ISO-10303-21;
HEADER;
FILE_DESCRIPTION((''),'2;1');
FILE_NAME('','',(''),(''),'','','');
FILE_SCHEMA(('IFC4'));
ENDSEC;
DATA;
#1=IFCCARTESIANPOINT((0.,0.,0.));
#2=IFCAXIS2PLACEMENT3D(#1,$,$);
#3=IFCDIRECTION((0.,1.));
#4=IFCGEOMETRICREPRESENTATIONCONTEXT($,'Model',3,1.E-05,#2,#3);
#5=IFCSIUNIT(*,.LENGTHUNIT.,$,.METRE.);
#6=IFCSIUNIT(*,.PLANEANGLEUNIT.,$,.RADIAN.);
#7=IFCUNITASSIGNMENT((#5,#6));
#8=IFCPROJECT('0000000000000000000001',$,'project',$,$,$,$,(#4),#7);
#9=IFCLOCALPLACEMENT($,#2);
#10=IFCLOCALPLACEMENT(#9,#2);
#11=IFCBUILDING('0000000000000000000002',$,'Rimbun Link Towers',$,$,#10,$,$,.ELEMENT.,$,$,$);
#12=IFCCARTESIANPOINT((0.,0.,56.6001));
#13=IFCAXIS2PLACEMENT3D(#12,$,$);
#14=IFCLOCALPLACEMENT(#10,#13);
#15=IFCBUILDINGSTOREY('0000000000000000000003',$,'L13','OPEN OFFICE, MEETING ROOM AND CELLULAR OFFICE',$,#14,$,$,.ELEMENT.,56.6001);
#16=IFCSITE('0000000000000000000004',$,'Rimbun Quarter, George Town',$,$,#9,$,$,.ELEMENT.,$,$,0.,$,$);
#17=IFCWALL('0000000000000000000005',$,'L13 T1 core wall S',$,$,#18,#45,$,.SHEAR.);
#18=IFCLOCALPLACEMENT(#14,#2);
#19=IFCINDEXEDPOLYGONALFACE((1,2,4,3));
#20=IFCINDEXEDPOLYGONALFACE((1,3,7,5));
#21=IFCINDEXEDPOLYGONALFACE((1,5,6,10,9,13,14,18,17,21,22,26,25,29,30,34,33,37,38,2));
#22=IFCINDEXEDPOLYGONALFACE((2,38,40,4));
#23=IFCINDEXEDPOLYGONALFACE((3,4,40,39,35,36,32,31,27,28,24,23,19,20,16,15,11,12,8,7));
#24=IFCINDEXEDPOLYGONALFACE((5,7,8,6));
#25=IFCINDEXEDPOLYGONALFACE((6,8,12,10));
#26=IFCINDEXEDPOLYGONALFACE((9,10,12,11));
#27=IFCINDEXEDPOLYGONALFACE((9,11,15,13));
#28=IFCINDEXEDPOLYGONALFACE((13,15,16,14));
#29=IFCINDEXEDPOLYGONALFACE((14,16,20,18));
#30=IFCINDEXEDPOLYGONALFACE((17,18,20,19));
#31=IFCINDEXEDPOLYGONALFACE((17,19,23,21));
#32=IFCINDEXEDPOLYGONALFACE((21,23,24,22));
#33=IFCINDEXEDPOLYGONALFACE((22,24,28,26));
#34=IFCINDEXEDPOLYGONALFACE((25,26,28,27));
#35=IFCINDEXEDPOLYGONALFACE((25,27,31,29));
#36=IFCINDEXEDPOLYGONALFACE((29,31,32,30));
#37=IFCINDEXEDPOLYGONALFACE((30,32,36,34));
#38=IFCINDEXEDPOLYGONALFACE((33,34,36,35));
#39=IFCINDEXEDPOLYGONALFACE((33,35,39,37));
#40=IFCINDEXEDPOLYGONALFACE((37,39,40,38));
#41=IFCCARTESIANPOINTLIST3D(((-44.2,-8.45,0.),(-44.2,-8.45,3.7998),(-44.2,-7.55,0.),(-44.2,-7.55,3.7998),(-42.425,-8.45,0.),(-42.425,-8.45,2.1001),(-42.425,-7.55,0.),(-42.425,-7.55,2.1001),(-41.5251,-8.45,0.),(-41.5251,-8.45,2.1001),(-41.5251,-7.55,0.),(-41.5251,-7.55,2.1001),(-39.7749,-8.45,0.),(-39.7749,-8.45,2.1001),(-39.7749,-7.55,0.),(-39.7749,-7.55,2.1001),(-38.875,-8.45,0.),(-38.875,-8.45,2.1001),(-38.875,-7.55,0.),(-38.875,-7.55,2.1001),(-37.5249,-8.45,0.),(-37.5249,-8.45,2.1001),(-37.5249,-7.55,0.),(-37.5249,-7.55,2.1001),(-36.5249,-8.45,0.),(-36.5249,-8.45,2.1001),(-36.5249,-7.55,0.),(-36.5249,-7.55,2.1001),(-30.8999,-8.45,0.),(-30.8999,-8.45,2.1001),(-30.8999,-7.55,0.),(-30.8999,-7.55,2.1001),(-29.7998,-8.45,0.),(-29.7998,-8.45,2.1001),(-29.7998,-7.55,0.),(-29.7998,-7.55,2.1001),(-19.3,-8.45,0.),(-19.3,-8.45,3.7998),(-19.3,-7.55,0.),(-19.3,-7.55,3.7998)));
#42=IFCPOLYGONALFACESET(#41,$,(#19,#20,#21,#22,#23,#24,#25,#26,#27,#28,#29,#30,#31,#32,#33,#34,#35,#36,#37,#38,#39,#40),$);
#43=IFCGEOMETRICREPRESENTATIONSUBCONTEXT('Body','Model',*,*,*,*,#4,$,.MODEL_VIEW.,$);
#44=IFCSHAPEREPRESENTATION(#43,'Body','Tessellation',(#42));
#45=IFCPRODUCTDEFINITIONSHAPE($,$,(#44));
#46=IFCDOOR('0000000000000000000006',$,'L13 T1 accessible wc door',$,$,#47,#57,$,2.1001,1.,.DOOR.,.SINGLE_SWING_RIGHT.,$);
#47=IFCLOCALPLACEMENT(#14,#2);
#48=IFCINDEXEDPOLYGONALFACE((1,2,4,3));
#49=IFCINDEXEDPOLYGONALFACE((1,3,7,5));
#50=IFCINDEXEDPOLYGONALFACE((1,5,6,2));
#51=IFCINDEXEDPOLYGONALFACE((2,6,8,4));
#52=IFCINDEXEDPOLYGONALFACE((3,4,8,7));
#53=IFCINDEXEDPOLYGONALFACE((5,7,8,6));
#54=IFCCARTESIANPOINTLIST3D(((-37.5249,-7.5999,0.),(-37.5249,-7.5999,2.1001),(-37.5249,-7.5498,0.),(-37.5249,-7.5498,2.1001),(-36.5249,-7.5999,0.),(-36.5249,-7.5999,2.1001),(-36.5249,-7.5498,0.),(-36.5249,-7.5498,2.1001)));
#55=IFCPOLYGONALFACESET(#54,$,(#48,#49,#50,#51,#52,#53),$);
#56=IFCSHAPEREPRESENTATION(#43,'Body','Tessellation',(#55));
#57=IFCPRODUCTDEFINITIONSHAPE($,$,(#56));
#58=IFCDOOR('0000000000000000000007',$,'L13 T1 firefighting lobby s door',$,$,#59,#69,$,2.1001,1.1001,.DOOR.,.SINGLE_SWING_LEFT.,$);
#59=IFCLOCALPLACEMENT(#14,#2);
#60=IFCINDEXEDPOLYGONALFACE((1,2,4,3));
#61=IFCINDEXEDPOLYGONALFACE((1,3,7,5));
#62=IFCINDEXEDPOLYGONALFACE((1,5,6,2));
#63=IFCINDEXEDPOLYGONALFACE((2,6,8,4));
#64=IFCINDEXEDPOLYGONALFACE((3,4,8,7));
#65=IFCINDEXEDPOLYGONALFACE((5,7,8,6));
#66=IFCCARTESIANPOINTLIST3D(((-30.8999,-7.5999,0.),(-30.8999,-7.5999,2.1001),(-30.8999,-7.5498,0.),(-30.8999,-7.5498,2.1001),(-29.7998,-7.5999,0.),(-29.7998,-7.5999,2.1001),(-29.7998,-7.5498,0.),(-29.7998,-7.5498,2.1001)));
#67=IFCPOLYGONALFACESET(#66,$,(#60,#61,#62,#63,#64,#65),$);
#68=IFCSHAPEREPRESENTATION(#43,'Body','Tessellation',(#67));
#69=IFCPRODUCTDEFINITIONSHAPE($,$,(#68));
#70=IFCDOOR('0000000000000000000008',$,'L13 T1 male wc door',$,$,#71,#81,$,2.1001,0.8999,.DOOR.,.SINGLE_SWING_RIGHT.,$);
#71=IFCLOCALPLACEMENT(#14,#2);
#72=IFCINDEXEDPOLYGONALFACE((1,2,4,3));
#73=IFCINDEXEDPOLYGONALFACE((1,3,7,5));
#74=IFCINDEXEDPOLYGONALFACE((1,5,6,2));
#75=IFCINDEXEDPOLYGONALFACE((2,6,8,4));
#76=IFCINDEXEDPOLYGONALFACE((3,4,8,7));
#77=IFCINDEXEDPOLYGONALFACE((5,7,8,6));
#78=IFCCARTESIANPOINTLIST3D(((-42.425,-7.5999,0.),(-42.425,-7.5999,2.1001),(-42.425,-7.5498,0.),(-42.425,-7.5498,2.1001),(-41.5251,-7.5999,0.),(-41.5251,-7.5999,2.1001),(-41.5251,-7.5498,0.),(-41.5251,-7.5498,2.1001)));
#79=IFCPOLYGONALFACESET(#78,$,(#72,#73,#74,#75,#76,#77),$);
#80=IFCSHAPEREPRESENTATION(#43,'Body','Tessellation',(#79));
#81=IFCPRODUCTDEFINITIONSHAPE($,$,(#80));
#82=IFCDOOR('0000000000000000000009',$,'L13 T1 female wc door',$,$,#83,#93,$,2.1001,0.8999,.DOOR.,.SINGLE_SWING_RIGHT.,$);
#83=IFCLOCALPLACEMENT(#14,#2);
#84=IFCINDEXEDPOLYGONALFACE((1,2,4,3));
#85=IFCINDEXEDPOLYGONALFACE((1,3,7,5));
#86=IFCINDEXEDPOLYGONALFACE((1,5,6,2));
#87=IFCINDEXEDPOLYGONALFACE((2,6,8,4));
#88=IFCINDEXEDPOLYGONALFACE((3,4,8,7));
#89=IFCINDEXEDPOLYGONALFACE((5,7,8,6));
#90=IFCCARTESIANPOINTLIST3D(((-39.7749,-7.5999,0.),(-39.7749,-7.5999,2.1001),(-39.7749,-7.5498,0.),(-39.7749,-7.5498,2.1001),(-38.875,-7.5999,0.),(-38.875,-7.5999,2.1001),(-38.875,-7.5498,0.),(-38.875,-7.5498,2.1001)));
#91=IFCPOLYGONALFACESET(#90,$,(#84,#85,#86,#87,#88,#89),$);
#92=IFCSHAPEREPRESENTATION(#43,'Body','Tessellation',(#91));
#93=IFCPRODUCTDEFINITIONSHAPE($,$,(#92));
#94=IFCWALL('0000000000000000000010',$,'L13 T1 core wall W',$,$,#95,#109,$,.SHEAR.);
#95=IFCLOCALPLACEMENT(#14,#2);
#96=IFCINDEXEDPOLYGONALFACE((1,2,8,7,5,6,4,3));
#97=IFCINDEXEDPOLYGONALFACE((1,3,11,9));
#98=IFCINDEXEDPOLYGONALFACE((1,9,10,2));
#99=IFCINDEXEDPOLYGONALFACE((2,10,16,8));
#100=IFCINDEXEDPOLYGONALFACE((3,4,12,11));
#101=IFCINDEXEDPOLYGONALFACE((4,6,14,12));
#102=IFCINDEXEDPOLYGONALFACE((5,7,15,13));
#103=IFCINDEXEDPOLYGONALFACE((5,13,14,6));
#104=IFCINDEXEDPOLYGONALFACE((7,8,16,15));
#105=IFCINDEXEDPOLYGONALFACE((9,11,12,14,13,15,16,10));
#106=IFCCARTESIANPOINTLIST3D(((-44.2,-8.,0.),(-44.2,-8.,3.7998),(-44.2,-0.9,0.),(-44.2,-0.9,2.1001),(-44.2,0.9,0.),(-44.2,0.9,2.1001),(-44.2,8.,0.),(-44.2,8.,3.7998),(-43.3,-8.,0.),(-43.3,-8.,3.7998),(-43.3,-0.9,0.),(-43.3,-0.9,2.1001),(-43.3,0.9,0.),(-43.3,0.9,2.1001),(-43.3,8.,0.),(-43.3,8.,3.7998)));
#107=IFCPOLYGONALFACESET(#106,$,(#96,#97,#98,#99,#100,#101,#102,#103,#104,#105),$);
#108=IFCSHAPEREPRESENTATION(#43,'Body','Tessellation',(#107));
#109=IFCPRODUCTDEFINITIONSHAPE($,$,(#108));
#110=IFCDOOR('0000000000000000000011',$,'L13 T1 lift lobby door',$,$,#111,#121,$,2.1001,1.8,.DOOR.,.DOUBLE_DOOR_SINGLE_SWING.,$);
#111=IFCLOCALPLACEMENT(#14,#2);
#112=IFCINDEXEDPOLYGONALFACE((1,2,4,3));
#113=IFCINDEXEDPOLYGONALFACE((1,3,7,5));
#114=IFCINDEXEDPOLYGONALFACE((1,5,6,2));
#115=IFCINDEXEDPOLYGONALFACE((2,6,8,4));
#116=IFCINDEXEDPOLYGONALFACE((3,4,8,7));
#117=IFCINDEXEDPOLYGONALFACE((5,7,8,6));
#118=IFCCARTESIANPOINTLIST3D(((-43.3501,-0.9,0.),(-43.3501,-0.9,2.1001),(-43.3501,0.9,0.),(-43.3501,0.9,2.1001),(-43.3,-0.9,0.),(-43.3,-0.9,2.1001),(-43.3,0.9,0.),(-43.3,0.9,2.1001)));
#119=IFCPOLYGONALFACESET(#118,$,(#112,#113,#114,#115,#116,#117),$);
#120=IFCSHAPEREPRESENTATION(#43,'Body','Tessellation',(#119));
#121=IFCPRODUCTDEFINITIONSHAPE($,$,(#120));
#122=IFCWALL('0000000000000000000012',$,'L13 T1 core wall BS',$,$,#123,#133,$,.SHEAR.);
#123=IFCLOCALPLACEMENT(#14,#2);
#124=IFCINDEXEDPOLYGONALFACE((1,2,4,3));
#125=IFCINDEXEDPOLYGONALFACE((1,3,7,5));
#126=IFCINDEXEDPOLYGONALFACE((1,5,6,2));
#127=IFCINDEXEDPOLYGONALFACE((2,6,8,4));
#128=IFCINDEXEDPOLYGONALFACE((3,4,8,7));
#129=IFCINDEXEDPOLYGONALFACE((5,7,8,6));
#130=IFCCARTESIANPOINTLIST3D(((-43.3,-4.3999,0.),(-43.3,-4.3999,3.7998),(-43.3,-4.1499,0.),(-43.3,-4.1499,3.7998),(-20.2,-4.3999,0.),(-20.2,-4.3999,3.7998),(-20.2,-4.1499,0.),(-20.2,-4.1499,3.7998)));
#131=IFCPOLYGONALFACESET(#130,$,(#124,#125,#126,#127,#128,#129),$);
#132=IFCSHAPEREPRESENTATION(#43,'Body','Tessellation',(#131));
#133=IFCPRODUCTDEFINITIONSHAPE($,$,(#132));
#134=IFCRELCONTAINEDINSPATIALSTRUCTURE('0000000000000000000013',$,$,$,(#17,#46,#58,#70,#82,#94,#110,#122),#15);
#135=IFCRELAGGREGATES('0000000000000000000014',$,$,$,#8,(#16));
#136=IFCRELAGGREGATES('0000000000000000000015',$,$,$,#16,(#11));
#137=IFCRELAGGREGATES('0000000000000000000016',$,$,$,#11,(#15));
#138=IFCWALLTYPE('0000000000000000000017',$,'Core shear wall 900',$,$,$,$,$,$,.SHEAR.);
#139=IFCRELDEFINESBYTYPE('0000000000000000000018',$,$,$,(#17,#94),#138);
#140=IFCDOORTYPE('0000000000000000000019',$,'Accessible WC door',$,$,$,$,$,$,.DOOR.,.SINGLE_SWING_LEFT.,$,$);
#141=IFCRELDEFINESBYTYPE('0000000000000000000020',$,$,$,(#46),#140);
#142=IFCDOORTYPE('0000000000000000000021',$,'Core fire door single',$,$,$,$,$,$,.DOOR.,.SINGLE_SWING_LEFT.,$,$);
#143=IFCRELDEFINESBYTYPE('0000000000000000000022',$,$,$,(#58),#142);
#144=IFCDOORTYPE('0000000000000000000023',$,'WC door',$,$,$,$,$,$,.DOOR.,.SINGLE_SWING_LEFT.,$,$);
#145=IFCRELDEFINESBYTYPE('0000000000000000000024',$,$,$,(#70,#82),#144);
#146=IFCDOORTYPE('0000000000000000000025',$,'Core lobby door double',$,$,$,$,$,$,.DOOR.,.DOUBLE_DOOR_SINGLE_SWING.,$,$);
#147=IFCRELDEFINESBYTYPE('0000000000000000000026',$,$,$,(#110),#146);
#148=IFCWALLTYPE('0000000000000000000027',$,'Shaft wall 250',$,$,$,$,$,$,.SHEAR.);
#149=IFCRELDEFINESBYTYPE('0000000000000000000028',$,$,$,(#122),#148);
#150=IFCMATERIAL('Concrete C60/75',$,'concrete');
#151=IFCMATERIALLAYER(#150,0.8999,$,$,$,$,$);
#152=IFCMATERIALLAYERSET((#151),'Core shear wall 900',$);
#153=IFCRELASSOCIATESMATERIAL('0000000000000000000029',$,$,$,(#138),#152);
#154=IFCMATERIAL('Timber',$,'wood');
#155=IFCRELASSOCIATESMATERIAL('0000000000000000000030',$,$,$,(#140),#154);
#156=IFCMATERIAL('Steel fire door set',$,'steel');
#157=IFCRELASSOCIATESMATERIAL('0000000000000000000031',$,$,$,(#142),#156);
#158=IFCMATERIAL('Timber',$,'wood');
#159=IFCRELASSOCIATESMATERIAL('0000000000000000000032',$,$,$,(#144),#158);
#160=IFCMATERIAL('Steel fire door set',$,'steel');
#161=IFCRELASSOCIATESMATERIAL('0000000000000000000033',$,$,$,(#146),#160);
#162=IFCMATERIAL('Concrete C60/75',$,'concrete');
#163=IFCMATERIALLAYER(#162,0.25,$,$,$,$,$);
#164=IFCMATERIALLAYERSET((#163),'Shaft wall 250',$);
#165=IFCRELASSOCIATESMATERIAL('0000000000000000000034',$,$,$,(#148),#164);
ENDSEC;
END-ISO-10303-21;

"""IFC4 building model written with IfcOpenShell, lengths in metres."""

from ifc_helpers import new_model, si_unit, direction, frame, frame_2d, origin, place, context, subcontext, project, spatial, rectangle, extrude, material, layer, layer_set, type_object, element, fill, save


model = new_model("IFC4")

# Units and contexts
model_context = context("Model", 3, precision=1e-05, world=origin(), true_north=direction((0.0, 1.0)))
body_context = subcontext(model_context, "Body", "Model", "MODEL_VIEW")
ifc_project = project(units=[si_unit("LENGTHUNIT", "METRE"), si_unit("PLANEANGLEUNIT", "RADIAN")], contexts=[model_context])

# Site, building, storey
site_placement = place(None, origin())
site = spatial("IfcSite", under=ifc_project, at=site_placement, Name="Rimbun Quarter, George Town", CompositionType="ELEMENT", RefElevation=0.0)
building_placement = place(site_placement, origin())
building = spatial("IfcBuilding", under=site, at=building_placement, Name="Rimbun Link Towers", CompositionType="ELEMENT")
storey_placement = place(building_placement, frame((0.0, 0.0, 56.6001)))
storey = spatial("IfcBuildingStorey", under=building, at=storey_placement, Name="L13", Description="OPEN OFFICE, MEETING ROOM AND CELLULAR OFFICE", CompositionType="ELEMENT", Elevation=56.6001)

# Wall, openings, doors
ifc_material_1 = material(Name="Concrete C60/75", Category="concrete")
ifc_layer_1 = layer(ifc_material_1, 0.8999)
ifc_layer_set_1 = layer_set([ifc_layer_1], Name="Core shear wall 900")
wall_type_1 = type_object("IfcWallType", Name="Core shear wall 900", PredefinedType="SHEAR", material=ifc_layer_set_1)
wall_1_placement = place(storey_placement, frame((-44.2, -8.0, 0.0), z_axis=(0.0, 0.0, 1.0), x_axis=(1.0, 0.0, 0.0)))
wall_1 = element("IfcWall", 1, at=wall_1_placement, inside=storey, type_object=wall_type_1, Name="L13 T1 core wall S", PredefinedType="SHEAR", context=body_context, shape_type="SweptSolid", body=[
    extrude(rectangle(XDim=24.8999, YDim=0.8999, at=frame_2d((12.45, 0.0))), origin(), (0.0, 0.0, 1.0), 3.7998),
])
opening_1_placement = place(wall_1_placement, frame((13.3, 0.0, 0.0)))
opening_1 = element("IfcOpeningElement", 2, at=opening_1_placement, cuts=wall_1, PredefinedType="OPENING", context=body_context, shape_type="SweptSolid", body=[
    extrude(rectangle(XDim=1.1001, YDim=2.1001, at=frame_2d((0.55, 1.05))), frame((0.0, 0.46, 0.0), z_axis=(0.0, -1.0, 0.0), x_axis=(1.0, 0.0, 0.0)), (0.0, 0.0, 1.0), 0.9199),
])
opening_2_placement = place(wall_1_placement, frame((1.7749, 0.0, 0.0)))
opening_2 = element("IfcOpeningElement", 3, at=opening_2_placement, cuts=wall_1, PredefinedType="OPENING", context=body_context, shape_type="SweptSolid", body=[
    extrude(rectangle(XDim=0.8999, YDim=2.1001, at=frame_2d((0.45, 1.05))), frame((0.0, 0.46, 0.0), z_axis=(0.0, -1.0, 0.0), x_axis=(1.0, 0.0, 0.0)), (0.0, 0.0, 1.0), 0.9199),
])
opening_3_placement = place(wall_1_placement, frame((4.425, 0.0, 0.0)))
opening_3 = element("IfcOpeningElement", 4, at=opening_3_placement, cuts=wall_1, PredefinedType="OPENING", context=body_context, shape_type="SweptSolid", body=[
    extrude(rectangle(XDim=0.8999, YDim=2.1001, at=frame_2d((0.45, 1.05))), frame((0.0, 0.46, 0.0), z_axis=(0.0, -1.0, 0.0), x_axis=(1.0, 0.0, 0.0)), (0.0, 0.0, 1.0), 0.9199),
])
opening_4_placement = place(wall_1_placement, frame((6.675, 0.0, 0.0)))
opening_4 = element("IfcOpeningElement", 5, at=opening_4_placement, cuts=wall_1, PredefinedType="OPENING", context=body_context, shape_type="SweptSolid", body=[
    extrude(rectangle(XDim=1.0, YDim=2.1001, at=frame_2d((0.5, 1.05))), frame((0.0, 0.46, 0.0), z_axis=(0.0, -1.0, 0.0), x_axis=(1.0, 0.0, 0.0)), (0.0, 0.0, 1.0), 0.9199),
])
ifc_material_2 = material(Name="Timber", Category="wood")
door_type_1 = type_object("IfcDoorType", Name="Accessible WC door", OperationType="SINGLE_SWING_LEFT", PredefinedType="DOOR", material=ifc_material_2)
door_1_placement = place(opening_4_placement, origin())
door_1 = element("IfcDoor", 6, at=door_1_placement, inside=storey, type_object=door_type_1, Name="L13 T1 accessible wc door", OperationType="SINGLE_SWING_RIGHT", OverallHeight=2.1001, OverallWidth=1.0, PredefinedType="DOOR", context=body_context, shape_type="SweptSolid", body=[
    extrude(rectangle(XDim=1.0, YDim=2.1001, at=frame_2d((0.5, 1.05))), frame((0.0, 0.4502, 0.0), z_axis=(0.0, -1.0, 0.0), x_axis=(1.0, 0.0, 0.0)), (0.0, 0.0, 1.0), 0.05),
])
fill(opening_4, door_1)
ifc_material_3 = material(Name="Steel fire door set", Category="steel")
door_type_2 = type_object("IfcDoorType", Name="Core fire door single", OperationType="SINGLE_SWING_LEFT", PredefinedType="DOOR", material=ifc_material_3)
door_2_placement = place(opening_1_placement, origin())
door_2 = element("IfcDoor", 7, at=door_2_placement, inside=storey, type_object=door_type_2, Name="L13 T1 firefighting lobby s door", OperationType="SINGLE_SWING_LEFT", OverallHeight=2.1001, OverallWidth=1.1001, PredefinedType="DOOR", context=body_context, shape_type="SweptSolid", body=[
    extrude(rectangle(XDim=1.1001, YDim=2.1001, at=frame_2d((0.55, 1.05))), frame((0.0, 0.4502, 0.0), z_axis=(0.0, -1.0, 0.0), x_axis=(1.0, 0.0, 0.0)), (0.0, 0.0, 1.0), 0.05),
])
fill(opening_1, door_2)
ifc_material_4 = material(Name="Timber", Category="wood")
door_type_3 = type_object("IfcDoorType", Name="WC door", OperationType="SINGLE_SWING_LEFT", PredefinedType="DOOR", material=ifc_material_4)
door_3_placement = place(opening_2_placement, origin())
door_3 = element("IfcDoor", 8, at=door_3_placement, inside=storey, type_object=door_type_3, Name="L13 T1 male wc door", OperationType="SINGLE_SWING_RIGHT", OverallHeight=2.1001, OverallWidth=0.8999, PredefinedType="DOOR", context=body_context, shape_type="SweptSolid", body=[
    extrude(rectangle(XDim=0.8999, YDim=2.1001, at=frame_2d((0.45, 1.05))), frame((0.0, 0.4502, 0.0), z_axis=(0.0, -1.0, 0.0), x_axis=(1.0, 0.0, 0.0)), (0.0, 0.0, 1.0), 0.05),
])
fill(opening_2, door_3)
door_4_placement = place(opening_3_placement, origin())
door_4 = element("IfcDoor", 9, at=door_4_placement, inside=storey, type_object=door_type_3, Name="L13 T1 female wc door", OperationType="SINGLE_SWING_RIGHT", OverallHeight=2.1001, OverallWidth=0.8999, PredefinedType="DOOR", context=body_context, shape_type="SweptSolid", body=[
    extrude(rectangle(XDim=0.8999, YDim=2.1001, at=frame_2d((0.45, 1.05))), frame((0.0, 0.4502, 0.0), z_axis=(0.0, -1.0, 0.0), x_axis=(1.0, 0.0, 0.0)), (0.0, 0.0, 1.0), 0.05),
])
fill(opening_3, door_4)

# Wall, opening, door
wall_2_placement = place(storey_placement, frame((-43.75, -8.0, 0.0), z_axis=(0.0, 0.0, 1.0), x_axis=(0.0, 1.0, 0.0)))
wall_2 = element("IfcWall", 10, at=wall_2_placement, inside=storey, type_object=wall_type_1, Name="L13 T1 core wall W", PredefinedType="SHEAR", context=body_context, shape_type="SweptSolid", body=[
    extrude(rectangle(XDim=16.0, YDim=0.8999, at=frame_2d((8.0, 0.0))), origin(), (0.0, 0.0, 1.0), 3.7998),
])
opening_5_placement = place(wall_2_placement, frame((7.1001, 0.0, 0.0)))
opening_5 = element("IfcOpeningElement", 11, at=opening_5_placement, cuts=wall_2, PredefinedType="OPENING", context=body_context, shape_type="SweptSolid", body=[
    extrude(rectangle(XDim=1.8, YDim=2.1001, at=frame_2d((0.8999, 1.05))), frame((0.0, 0.46, 0.0), z_axis=(0.0, -1.0, 0.0), x_axis=(1.0, 0.0, 0.0)), (0.0, 0.0, 1.0), 0.9199),
])
ifc_material_5 = material(Name="Steel fire door set", Category="steel")
door_type_4 = type_object("IfcDoorType", Name="Core lobby door double", OperationType="DOUBLE_DOOR_SINGLE_SWING", PredefinedType="DOOR", material=ifc_material_5)
door_5_placement = place(opening_5_placement, origin())
door_5 = element("IfcDoor", 12, at=door_5_placement, inside=storey, type_object=door_type_4, Name="L13 T1 lift lobby door", OperationType="DOUBLE_DOOR_SINGLE_SWING", OverallHeight=2.1001, OverallWidth=1.8, PredefinedType="DOOR", context=body_context, shape_type="SweptSolid", body=[
    extrude(rectangle(XDim=1.8, YDim=2.1001, at=frame_2d((0.8999, 1.05))), frame((0.0, -0.3999, 0.0), z_axis=(0.0, -1.0, 0.0), x_axis=(1.0, 0.0, 0.0)), (0.0, 0.0, 1.0), 0.05),
])
fill(opening_5, door_5)

# Wall
ifc_material_6 = material(Name="Concrete C60/75", Category="concrete")
ifc_layer_2 = layer(ifc_material_6, 0.25)
ifc_layer_set_2 = layer_set([ifc_layer_2], Name="Shaft wall 250")
wall_type_2 = type_object("IfcWallType", Name="Shaft wall 250", PredefinedType="SHEAR", material=ifc_layer_set_2)
wall_3_placement = place(storey_placement, frame((-43.3, -4.2749, 0.0), z_axis=(0.0, 0.0, 1.0), x_axis=(1.0, 0.0, 0.0)))
element("IfcWall", 13, at=wall_3_placement, inside=storey, type_object=wall_type_2, Name="L13 T1 core wall BS", PredefinedType="SHEAR", context=body_context, shape_type="SweptSolid", body=[
    extrude(rectangle(XDim=23.1001, YDim=0.25, at=frame_2d((11.55, 0.0))), origin(), (0.0, 0.0, 1.0), 3.7998),
])

save(model, "model.ifc")
